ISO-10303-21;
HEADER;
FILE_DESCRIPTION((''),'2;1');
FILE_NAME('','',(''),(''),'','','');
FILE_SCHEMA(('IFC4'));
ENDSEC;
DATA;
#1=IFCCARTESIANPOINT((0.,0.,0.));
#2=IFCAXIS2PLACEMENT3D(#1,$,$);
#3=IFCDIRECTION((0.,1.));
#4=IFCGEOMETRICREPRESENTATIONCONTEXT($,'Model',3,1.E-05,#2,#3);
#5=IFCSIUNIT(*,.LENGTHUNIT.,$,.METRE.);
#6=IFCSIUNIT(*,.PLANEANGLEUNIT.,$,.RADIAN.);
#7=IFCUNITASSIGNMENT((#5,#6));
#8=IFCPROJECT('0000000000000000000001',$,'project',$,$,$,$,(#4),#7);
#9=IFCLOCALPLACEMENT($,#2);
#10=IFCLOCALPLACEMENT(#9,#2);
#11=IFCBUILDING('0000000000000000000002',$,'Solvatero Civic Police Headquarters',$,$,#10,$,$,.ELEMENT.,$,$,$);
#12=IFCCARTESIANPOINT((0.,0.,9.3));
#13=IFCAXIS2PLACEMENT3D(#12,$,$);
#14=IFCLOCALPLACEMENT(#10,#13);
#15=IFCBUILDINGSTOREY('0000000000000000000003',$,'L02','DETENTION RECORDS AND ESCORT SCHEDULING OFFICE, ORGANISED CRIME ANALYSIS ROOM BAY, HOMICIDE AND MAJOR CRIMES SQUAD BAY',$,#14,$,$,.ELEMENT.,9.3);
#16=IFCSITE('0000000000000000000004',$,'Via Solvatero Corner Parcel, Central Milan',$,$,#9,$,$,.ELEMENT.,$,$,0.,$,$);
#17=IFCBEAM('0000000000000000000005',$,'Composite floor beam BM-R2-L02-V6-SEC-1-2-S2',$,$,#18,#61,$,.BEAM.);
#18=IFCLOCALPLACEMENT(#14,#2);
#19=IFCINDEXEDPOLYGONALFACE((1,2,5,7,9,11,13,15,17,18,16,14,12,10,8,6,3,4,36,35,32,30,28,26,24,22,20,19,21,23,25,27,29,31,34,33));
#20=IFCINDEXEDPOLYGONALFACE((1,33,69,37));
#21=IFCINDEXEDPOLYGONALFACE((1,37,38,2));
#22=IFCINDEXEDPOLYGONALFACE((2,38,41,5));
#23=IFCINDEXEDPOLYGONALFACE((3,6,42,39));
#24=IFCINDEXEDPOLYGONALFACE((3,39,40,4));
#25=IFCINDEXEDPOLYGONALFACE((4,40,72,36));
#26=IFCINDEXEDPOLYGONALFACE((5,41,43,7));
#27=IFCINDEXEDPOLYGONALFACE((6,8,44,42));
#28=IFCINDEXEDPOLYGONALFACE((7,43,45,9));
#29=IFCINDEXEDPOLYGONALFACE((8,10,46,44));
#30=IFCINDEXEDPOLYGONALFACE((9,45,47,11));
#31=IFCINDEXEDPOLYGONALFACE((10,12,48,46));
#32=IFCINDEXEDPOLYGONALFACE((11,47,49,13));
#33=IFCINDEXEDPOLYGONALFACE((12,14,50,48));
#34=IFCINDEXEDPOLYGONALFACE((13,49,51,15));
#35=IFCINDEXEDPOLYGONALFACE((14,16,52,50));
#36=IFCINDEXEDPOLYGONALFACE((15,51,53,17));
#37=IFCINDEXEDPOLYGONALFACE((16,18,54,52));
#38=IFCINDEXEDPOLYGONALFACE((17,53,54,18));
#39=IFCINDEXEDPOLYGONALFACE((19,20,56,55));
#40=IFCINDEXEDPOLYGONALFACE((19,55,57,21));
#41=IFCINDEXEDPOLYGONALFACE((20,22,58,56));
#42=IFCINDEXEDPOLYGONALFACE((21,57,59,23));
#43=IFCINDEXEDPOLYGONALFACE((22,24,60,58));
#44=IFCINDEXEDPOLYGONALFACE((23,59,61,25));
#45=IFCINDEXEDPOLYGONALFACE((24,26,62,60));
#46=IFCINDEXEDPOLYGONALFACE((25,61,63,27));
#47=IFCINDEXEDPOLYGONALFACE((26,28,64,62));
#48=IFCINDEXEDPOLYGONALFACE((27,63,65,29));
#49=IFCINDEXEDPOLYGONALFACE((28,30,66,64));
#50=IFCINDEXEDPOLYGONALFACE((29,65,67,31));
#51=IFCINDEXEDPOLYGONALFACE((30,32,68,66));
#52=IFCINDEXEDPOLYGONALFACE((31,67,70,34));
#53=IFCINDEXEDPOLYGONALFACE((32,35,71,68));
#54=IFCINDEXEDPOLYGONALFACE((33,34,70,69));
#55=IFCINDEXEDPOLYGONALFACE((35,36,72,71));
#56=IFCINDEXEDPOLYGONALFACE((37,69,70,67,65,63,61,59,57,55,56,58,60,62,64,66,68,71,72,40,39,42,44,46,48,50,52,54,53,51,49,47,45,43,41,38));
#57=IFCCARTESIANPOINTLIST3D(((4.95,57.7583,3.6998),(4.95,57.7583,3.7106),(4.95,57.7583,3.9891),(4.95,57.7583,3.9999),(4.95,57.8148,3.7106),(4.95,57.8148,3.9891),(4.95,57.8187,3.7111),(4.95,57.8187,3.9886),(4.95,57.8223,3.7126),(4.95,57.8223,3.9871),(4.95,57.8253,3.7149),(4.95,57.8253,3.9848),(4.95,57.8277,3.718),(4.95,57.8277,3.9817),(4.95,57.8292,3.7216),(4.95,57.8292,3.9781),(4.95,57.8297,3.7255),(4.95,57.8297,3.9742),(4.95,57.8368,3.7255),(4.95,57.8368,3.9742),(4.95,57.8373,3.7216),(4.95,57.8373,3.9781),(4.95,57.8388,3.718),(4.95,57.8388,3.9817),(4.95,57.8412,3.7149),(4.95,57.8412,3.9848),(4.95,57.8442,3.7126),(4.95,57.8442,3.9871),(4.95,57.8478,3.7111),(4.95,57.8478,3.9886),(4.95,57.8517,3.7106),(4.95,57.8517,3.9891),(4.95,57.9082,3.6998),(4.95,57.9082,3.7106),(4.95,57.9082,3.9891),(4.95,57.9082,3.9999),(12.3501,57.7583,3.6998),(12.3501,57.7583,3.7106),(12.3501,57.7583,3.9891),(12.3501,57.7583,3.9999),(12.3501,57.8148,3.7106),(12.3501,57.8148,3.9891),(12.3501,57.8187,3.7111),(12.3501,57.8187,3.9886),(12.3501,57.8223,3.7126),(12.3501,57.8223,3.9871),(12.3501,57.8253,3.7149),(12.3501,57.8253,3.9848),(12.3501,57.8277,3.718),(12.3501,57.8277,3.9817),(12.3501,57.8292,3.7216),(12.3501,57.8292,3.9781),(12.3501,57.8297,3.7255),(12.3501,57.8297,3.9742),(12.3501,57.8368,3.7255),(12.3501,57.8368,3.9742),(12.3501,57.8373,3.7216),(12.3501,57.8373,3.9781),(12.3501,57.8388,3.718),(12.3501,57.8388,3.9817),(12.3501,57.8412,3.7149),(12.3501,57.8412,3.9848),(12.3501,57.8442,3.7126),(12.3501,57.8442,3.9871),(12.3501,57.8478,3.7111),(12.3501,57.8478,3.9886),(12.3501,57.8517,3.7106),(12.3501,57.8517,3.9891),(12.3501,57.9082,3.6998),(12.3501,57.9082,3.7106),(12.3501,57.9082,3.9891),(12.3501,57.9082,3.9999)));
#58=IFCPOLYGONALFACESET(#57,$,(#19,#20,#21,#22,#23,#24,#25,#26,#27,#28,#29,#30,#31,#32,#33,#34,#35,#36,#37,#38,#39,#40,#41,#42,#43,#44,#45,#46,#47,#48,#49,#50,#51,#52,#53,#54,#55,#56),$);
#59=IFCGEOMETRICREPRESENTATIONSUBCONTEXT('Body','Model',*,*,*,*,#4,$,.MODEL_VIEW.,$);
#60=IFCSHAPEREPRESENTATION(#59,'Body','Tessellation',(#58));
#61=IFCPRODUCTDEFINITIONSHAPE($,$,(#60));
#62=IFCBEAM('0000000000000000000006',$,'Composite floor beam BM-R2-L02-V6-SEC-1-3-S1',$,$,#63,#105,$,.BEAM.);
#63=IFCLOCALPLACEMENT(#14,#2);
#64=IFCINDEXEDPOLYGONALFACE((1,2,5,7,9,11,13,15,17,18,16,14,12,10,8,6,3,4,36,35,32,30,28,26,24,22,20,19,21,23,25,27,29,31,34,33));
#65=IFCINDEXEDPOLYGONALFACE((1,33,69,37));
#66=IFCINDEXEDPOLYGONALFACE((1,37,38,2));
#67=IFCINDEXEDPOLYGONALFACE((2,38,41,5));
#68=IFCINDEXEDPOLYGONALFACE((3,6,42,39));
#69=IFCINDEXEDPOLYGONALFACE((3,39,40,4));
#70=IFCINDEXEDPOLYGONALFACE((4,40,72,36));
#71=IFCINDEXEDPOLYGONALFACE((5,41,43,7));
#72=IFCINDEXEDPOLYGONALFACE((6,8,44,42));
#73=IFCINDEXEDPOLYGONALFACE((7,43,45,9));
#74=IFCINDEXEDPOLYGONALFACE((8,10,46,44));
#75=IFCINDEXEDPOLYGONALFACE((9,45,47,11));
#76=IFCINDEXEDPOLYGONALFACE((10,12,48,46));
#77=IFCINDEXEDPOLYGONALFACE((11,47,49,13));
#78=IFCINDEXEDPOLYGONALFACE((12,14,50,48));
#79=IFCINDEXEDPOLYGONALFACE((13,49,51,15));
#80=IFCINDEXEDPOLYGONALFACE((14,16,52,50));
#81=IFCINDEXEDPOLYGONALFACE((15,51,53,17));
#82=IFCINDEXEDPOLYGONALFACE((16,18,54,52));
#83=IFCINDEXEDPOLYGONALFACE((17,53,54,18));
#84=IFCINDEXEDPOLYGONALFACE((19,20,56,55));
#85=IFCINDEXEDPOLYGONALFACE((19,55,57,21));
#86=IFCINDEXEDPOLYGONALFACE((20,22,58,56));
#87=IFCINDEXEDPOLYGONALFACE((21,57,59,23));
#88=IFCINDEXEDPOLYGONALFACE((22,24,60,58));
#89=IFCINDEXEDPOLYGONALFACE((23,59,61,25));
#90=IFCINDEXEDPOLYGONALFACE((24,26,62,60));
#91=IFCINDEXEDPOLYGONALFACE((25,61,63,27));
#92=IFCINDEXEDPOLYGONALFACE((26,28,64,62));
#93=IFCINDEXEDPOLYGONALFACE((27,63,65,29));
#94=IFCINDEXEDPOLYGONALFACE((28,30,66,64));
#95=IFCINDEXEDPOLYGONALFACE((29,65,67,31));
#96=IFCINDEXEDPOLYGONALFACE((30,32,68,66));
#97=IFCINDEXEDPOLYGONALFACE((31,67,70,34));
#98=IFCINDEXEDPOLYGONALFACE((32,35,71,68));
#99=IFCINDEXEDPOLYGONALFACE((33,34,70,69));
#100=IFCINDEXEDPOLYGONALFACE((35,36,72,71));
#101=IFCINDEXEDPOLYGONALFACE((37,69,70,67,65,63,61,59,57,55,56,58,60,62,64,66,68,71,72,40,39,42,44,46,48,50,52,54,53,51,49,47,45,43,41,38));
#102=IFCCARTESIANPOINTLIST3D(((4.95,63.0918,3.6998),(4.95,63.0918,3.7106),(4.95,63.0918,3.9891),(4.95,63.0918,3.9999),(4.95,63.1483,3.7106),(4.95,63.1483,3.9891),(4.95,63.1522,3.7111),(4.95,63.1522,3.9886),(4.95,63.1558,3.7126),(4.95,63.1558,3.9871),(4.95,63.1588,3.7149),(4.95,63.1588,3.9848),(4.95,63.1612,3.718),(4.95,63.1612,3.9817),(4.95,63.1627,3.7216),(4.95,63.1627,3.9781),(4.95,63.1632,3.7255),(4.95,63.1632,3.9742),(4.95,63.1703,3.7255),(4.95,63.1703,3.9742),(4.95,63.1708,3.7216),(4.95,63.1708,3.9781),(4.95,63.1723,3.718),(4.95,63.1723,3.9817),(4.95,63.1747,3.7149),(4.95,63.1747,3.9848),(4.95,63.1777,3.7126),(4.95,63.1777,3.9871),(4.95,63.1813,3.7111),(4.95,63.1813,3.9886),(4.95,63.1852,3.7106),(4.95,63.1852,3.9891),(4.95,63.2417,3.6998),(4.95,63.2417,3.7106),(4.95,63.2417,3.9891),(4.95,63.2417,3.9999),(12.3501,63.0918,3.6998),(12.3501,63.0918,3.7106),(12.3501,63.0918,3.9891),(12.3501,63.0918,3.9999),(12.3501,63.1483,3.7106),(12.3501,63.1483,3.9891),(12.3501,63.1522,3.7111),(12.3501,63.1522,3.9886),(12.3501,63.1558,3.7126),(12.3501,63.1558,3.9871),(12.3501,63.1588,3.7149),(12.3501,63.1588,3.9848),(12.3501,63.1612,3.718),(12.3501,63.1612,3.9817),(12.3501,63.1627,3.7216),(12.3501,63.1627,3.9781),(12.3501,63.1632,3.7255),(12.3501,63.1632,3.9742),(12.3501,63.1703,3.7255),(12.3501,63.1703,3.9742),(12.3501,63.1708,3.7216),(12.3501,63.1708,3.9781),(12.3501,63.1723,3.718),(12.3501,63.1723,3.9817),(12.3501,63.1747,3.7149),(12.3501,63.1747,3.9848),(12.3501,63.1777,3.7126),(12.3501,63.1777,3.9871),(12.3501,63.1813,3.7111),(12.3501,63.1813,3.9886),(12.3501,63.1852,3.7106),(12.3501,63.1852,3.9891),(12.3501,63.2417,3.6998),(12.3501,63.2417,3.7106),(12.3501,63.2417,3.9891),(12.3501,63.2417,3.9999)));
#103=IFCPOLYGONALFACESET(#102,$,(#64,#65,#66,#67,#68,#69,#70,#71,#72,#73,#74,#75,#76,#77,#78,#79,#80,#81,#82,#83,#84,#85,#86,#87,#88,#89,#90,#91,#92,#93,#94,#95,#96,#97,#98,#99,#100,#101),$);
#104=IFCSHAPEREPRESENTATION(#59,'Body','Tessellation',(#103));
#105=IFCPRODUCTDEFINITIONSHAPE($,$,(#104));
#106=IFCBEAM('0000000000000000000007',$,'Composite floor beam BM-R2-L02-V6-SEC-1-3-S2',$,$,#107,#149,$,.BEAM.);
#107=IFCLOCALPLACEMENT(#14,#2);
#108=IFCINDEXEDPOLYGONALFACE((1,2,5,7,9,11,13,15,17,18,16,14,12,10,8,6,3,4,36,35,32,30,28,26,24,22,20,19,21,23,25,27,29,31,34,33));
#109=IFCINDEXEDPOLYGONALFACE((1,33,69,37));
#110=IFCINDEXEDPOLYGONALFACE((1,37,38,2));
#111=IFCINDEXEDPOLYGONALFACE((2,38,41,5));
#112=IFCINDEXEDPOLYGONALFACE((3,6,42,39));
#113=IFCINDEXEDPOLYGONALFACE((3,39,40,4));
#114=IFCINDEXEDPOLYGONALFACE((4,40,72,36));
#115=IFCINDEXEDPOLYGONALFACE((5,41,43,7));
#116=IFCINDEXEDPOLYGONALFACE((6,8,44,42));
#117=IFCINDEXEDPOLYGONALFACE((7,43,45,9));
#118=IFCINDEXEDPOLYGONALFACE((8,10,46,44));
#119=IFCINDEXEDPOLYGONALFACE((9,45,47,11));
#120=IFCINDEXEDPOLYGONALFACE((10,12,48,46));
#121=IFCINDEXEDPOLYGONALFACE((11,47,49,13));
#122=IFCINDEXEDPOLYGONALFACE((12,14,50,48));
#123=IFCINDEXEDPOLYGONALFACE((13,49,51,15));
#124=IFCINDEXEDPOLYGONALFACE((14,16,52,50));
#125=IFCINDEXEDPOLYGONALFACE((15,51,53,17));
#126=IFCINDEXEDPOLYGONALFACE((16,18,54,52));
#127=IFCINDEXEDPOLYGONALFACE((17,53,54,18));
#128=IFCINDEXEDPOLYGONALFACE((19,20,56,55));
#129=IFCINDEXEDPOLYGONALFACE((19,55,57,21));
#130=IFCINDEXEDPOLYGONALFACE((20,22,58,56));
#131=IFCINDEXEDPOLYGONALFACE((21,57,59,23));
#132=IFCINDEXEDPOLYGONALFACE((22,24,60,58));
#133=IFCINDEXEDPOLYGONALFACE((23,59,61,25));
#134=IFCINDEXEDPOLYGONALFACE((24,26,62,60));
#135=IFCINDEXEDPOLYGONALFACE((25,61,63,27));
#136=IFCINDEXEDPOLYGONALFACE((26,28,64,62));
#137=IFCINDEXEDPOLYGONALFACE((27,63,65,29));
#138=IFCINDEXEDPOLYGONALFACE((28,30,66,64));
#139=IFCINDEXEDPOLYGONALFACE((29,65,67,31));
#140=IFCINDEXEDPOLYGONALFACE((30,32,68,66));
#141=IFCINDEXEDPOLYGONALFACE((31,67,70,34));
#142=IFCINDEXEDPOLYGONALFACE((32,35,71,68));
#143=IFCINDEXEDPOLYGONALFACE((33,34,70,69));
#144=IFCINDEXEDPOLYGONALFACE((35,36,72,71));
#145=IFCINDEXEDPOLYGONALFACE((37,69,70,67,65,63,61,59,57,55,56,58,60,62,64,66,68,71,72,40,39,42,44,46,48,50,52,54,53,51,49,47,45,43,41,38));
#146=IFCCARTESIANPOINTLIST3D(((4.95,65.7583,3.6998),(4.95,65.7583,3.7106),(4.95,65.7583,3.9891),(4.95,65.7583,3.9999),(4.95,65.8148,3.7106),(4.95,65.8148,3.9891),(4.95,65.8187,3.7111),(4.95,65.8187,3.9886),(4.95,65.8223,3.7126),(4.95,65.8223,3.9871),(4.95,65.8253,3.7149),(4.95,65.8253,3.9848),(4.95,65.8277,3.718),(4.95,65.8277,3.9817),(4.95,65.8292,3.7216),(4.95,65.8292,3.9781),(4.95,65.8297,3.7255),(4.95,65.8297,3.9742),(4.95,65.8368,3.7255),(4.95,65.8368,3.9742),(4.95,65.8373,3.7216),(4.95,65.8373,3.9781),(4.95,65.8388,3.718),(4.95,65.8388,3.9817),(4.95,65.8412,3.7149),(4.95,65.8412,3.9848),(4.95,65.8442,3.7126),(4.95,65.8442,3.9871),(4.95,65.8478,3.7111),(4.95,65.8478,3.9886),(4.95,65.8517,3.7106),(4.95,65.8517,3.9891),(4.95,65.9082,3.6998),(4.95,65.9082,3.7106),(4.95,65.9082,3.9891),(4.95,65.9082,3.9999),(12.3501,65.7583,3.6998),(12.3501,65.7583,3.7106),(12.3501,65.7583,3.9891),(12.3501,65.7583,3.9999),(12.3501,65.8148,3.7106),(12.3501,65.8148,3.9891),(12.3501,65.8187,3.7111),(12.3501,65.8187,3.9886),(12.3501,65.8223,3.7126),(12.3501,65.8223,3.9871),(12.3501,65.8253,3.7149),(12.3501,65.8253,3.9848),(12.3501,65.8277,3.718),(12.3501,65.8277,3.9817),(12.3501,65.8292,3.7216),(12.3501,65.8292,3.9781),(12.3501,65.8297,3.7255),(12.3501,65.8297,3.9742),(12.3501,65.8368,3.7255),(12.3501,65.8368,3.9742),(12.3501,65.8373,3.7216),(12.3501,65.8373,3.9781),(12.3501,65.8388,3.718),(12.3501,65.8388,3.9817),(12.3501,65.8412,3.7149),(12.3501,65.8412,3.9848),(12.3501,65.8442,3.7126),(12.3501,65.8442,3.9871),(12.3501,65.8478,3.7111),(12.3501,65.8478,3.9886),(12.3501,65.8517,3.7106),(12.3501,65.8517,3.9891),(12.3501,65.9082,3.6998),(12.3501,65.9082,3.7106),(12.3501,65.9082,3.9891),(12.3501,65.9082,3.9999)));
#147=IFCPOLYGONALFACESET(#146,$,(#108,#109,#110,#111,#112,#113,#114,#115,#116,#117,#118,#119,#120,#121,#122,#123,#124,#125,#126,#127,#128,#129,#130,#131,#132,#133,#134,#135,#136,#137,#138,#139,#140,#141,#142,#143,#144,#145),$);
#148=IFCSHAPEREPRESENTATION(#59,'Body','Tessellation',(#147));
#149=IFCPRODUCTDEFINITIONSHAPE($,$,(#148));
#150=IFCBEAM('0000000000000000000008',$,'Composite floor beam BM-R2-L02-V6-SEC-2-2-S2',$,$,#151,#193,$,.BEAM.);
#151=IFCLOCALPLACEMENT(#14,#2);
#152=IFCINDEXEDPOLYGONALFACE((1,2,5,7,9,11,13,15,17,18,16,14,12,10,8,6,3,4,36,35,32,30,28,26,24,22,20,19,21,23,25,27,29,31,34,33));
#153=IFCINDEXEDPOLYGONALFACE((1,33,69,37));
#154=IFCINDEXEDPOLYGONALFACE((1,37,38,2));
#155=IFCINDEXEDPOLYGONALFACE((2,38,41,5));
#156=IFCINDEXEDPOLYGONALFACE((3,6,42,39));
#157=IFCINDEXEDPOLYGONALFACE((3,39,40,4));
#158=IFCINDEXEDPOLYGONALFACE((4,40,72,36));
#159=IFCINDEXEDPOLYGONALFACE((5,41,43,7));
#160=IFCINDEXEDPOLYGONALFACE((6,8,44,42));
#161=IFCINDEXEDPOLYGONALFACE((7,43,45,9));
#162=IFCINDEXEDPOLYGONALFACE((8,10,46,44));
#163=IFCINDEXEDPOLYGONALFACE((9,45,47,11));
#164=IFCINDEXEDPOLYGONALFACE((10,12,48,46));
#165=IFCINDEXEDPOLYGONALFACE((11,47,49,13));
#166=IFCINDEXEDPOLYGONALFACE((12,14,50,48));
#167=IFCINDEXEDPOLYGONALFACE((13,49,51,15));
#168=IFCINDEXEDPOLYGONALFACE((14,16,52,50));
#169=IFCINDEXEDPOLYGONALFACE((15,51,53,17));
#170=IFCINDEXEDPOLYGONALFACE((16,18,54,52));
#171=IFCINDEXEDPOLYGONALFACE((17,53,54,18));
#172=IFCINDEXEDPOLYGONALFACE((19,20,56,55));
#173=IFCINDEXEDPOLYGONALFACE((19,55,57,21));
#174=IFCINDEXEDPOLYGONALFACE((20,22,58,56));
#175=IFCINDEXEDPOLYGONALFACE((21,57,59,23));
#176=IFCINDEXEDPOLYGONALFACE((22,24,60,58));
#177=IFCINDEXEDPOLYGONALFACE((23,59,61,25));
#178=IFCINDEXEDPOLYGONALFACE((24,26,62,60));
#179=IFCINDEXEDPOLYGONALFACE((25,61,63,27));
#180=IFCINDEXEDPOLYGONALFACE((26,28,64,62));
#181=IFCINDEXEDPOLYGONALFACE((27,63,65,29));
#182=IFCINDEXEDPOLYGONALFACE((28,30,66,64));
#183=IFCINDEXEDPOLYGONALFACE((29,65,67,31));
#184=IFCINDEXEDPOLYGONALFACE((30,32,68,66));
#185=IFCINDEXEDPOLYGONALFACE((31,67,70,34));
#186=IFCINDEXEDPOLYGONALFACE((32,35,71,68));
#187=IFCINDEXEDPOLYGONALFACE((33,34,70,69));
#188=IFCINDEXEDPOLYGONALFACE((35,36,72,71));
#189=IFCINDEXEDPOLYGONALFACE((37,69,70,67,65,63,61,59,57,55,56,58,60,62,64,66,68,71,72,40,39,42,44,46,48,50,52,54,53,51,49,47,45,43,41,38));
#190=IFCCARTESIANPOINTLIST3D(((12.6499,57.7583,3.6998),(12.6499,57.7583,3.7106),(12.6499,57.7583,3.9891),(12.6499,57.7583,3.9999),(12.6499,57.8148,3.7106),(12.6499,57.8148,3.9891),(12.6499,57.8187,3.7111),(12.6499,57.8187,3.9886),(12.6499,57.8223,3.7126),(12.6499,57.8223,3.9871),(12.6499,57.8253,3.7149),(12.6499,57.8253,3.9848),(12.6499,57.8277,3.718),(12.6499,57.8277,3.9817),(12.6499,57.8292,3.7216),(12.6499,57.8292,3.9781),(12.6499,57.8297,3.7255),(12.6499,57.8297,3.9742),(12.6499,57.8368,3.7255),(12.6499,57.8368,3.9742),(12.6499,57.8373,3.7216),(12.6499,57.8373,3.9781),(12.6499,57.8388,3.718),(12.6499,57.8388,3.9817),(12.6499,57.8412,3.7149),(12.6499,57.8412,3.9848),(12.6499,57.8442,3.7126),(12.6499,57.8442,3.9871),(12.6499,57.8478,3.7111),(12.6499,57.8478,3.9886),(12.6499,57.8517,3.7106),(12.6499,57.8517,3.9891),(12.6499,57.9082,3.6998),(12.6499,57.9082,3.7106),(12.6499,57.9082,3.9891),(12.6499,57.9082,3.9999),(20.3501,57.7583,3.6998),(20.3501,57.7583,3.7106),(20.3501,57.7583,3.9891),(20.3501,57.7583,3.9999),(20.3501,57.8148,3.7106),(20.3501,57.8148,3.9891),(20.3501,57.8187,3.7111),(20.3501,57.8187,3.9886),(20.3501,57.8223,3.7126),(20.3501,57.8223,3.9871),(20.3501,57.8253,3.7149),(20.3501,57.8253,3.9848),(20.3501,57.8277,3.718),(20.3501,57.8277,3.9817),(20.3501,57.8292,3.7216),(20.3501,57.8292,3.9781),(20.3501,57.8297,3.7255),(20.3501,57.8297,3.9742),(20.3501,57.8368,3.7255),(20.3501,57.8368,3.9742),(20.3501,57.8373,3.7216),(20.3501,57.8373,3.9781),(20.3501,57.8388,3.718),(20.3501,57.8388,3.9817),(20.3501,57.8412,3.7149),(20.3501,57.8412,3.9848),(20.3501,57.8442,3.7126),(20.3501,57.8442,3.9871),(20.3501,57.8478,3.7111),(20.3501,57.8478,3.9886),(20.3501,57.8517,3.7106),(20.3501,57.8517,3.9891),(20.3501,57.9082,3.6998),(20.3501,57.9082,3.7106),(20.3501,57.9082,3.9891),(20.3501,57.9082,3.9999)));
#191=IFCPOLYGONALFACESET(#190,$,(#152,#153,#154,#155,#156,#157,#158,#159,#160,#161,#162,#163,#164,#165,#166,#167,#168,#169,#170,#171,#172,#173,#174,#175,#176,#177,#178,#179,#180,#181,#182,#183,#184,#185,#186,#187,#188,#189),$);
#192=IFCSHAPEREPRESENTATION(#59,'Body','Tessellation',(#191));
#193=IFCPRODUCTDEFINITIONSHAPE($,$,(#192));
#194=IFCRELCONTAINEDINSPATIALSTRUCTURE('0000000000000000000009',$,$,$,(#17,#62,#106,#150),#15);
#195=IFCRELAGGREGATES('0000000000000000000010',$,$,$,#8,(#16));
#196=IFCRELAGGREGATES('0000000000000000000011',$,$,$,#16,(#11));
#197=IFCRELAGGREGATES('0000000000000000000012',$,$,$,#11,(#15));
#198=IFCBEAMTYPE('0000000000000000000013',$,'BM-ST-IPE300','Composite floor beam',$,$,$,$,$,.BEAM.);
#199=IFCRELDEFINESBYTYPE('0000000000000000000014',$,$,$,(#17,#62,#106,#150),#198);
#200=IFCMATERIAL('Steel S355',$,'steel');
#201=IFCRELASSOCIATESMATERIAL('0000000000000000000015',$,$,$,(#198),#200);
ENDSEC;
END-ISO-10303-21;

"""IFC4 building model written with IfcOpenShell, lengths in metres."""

from ifc_helpers import new_model, si_unit, direction, frame, origin, origin_2d, place, context, subcontext, project, spatial, i_section, extrude, material, material_profile, profile_set, type_object, element, save


model = new_model("IFC4")

# Units and contexts
model_context = context("Model", 3, precision=1e-05, world=origin(), true_north=direction((0.0, 1.0)))
body_context = subcontext(model_context, "Body", "Model", "MODEL_VIEW")
ifc_project = project(units=[si_unit("LENGTHUNIT", "METRE"), si_unit("PLANEANGLEUNIT", "RADIAN")], contexts=[model_context])

# Site, building, storey
site_placement = place(None, origin())
site = spatial("IfcSite", under=ifc_project, at=site_placement, Name="Via Solvatero Corner Parcel, Central Milan", CompositionType="ELEMENT", RefElevation=0.0)
building_placement = place(site_placement, origin())
building = spatial("IfcBuilding", under=site, at=building_placement, Name="Solvatero Civic Police Headquarters", CompositionType="ELEMENT")
storey_placement = place(building_placement, frame((0.0, 0.0, 9.3)))
storey = spatial("IfcBuildingStorey", under=building, at=storey_placement, Name="L02", Description="DETENTION RECORDS AND ESCORT SCHEDULING OFFICE, ORGANISED CRIME ANALYSIS ROOM BAY, HOMICIDE AND MAJOR CRIMES SQUAD BAY", CompositionType="ELEMENT", Elevation=9.3)

# Shared definitions
ifc_material_1 = material(Name="Steel S355", Category="steel")

# Beams
ifc_material_profile_1 = material_profile(ifc_material_1, i_section(OverallWidth=0.1499, OverallDepth=0.3, WebThickness=0.0071, FlangeThickness=0.0107, FilletRadius=0.0149, at=origin_2d()), Name="IPE 300")
ifc_profile_set_1 = profile_set([ifc_material_profile_1], Name="Steel S355")
beam_type_1 = type_object("IfcBeamType", Name="BM-ST-IPE300", Description="Composite floor beam", PredefinedType="BEAM", material=ifc_profile_set_1)
for number, where, z_axis, x_axis, name in (
    (1, (4.95, 57.8333, 3.8499), (1.0, 0.0, 0.0), (0.0, 1.0, 0.0), "Composite floor beam BM-R2-L02-V6-SEC-1-2-S2"),
    (2, (4.95, 63.1667, 3.8499), (1.0, 0.0, 0.0), (0.0, 1.0, 0.0), "Composite floor beam BM-R2-L02-V6-SEC-1-3-S1"),
    (3, (4.95, 65.8333, 3.8499), (1.0, 0.0, 0.0), (0.0, 1.0, 0.0), "Composite floor beam BM-R2-L02-V6-SEC-1-3-S2"),
):
    element("IfcBeam", number, at=place(storey_placement, frame(where, z_axis=z_axis, x_axis=x_axis)), inside=storey, type_object=beam_type_1, Name=name, PredefinedType="BEAM", context=body_context, shape_type="SweptSolid", body=[
        extrude(i_section(OverallWidth=0.1499, OverallDepth=0.3, WebThickness=0.0071, FlangeThickness=0.0107, FilletRadius=0.0149, at=origin_2d()), origin(), (0.0, 0.0, 1.0), 7.4001),
    ])
for number, where, z_axis, x_axis, name in (
    (4, (12.6499, 57.8333, 3.8499), (1.0, 0.0, 0.0), (0.0, 1.0, 0.0), "Composite floor beam BM-R2-L02-V6-SEC-2-2-S2"),
):
    element("IfcBeam", number, at=place(storey_placement, frame(where, z_axis=z_axis, x_axis=x_axis)), inside=storey, type_object=beam_type_1, Name=name, PredefinedType="BEAM", context=body_context, shape_type="SweptSolid", body=[
        extrude(i_section(OverallWidth=0.1499, OverallDepth=0.3, WebThickness=0.0071, FlangeThickness=0.0107, FilletRadius=0.0149, at=origin_2d()), origin(), (0.0, 0.0, 1.0), 7.7002),
    ])

save(model, "model.ifc")
